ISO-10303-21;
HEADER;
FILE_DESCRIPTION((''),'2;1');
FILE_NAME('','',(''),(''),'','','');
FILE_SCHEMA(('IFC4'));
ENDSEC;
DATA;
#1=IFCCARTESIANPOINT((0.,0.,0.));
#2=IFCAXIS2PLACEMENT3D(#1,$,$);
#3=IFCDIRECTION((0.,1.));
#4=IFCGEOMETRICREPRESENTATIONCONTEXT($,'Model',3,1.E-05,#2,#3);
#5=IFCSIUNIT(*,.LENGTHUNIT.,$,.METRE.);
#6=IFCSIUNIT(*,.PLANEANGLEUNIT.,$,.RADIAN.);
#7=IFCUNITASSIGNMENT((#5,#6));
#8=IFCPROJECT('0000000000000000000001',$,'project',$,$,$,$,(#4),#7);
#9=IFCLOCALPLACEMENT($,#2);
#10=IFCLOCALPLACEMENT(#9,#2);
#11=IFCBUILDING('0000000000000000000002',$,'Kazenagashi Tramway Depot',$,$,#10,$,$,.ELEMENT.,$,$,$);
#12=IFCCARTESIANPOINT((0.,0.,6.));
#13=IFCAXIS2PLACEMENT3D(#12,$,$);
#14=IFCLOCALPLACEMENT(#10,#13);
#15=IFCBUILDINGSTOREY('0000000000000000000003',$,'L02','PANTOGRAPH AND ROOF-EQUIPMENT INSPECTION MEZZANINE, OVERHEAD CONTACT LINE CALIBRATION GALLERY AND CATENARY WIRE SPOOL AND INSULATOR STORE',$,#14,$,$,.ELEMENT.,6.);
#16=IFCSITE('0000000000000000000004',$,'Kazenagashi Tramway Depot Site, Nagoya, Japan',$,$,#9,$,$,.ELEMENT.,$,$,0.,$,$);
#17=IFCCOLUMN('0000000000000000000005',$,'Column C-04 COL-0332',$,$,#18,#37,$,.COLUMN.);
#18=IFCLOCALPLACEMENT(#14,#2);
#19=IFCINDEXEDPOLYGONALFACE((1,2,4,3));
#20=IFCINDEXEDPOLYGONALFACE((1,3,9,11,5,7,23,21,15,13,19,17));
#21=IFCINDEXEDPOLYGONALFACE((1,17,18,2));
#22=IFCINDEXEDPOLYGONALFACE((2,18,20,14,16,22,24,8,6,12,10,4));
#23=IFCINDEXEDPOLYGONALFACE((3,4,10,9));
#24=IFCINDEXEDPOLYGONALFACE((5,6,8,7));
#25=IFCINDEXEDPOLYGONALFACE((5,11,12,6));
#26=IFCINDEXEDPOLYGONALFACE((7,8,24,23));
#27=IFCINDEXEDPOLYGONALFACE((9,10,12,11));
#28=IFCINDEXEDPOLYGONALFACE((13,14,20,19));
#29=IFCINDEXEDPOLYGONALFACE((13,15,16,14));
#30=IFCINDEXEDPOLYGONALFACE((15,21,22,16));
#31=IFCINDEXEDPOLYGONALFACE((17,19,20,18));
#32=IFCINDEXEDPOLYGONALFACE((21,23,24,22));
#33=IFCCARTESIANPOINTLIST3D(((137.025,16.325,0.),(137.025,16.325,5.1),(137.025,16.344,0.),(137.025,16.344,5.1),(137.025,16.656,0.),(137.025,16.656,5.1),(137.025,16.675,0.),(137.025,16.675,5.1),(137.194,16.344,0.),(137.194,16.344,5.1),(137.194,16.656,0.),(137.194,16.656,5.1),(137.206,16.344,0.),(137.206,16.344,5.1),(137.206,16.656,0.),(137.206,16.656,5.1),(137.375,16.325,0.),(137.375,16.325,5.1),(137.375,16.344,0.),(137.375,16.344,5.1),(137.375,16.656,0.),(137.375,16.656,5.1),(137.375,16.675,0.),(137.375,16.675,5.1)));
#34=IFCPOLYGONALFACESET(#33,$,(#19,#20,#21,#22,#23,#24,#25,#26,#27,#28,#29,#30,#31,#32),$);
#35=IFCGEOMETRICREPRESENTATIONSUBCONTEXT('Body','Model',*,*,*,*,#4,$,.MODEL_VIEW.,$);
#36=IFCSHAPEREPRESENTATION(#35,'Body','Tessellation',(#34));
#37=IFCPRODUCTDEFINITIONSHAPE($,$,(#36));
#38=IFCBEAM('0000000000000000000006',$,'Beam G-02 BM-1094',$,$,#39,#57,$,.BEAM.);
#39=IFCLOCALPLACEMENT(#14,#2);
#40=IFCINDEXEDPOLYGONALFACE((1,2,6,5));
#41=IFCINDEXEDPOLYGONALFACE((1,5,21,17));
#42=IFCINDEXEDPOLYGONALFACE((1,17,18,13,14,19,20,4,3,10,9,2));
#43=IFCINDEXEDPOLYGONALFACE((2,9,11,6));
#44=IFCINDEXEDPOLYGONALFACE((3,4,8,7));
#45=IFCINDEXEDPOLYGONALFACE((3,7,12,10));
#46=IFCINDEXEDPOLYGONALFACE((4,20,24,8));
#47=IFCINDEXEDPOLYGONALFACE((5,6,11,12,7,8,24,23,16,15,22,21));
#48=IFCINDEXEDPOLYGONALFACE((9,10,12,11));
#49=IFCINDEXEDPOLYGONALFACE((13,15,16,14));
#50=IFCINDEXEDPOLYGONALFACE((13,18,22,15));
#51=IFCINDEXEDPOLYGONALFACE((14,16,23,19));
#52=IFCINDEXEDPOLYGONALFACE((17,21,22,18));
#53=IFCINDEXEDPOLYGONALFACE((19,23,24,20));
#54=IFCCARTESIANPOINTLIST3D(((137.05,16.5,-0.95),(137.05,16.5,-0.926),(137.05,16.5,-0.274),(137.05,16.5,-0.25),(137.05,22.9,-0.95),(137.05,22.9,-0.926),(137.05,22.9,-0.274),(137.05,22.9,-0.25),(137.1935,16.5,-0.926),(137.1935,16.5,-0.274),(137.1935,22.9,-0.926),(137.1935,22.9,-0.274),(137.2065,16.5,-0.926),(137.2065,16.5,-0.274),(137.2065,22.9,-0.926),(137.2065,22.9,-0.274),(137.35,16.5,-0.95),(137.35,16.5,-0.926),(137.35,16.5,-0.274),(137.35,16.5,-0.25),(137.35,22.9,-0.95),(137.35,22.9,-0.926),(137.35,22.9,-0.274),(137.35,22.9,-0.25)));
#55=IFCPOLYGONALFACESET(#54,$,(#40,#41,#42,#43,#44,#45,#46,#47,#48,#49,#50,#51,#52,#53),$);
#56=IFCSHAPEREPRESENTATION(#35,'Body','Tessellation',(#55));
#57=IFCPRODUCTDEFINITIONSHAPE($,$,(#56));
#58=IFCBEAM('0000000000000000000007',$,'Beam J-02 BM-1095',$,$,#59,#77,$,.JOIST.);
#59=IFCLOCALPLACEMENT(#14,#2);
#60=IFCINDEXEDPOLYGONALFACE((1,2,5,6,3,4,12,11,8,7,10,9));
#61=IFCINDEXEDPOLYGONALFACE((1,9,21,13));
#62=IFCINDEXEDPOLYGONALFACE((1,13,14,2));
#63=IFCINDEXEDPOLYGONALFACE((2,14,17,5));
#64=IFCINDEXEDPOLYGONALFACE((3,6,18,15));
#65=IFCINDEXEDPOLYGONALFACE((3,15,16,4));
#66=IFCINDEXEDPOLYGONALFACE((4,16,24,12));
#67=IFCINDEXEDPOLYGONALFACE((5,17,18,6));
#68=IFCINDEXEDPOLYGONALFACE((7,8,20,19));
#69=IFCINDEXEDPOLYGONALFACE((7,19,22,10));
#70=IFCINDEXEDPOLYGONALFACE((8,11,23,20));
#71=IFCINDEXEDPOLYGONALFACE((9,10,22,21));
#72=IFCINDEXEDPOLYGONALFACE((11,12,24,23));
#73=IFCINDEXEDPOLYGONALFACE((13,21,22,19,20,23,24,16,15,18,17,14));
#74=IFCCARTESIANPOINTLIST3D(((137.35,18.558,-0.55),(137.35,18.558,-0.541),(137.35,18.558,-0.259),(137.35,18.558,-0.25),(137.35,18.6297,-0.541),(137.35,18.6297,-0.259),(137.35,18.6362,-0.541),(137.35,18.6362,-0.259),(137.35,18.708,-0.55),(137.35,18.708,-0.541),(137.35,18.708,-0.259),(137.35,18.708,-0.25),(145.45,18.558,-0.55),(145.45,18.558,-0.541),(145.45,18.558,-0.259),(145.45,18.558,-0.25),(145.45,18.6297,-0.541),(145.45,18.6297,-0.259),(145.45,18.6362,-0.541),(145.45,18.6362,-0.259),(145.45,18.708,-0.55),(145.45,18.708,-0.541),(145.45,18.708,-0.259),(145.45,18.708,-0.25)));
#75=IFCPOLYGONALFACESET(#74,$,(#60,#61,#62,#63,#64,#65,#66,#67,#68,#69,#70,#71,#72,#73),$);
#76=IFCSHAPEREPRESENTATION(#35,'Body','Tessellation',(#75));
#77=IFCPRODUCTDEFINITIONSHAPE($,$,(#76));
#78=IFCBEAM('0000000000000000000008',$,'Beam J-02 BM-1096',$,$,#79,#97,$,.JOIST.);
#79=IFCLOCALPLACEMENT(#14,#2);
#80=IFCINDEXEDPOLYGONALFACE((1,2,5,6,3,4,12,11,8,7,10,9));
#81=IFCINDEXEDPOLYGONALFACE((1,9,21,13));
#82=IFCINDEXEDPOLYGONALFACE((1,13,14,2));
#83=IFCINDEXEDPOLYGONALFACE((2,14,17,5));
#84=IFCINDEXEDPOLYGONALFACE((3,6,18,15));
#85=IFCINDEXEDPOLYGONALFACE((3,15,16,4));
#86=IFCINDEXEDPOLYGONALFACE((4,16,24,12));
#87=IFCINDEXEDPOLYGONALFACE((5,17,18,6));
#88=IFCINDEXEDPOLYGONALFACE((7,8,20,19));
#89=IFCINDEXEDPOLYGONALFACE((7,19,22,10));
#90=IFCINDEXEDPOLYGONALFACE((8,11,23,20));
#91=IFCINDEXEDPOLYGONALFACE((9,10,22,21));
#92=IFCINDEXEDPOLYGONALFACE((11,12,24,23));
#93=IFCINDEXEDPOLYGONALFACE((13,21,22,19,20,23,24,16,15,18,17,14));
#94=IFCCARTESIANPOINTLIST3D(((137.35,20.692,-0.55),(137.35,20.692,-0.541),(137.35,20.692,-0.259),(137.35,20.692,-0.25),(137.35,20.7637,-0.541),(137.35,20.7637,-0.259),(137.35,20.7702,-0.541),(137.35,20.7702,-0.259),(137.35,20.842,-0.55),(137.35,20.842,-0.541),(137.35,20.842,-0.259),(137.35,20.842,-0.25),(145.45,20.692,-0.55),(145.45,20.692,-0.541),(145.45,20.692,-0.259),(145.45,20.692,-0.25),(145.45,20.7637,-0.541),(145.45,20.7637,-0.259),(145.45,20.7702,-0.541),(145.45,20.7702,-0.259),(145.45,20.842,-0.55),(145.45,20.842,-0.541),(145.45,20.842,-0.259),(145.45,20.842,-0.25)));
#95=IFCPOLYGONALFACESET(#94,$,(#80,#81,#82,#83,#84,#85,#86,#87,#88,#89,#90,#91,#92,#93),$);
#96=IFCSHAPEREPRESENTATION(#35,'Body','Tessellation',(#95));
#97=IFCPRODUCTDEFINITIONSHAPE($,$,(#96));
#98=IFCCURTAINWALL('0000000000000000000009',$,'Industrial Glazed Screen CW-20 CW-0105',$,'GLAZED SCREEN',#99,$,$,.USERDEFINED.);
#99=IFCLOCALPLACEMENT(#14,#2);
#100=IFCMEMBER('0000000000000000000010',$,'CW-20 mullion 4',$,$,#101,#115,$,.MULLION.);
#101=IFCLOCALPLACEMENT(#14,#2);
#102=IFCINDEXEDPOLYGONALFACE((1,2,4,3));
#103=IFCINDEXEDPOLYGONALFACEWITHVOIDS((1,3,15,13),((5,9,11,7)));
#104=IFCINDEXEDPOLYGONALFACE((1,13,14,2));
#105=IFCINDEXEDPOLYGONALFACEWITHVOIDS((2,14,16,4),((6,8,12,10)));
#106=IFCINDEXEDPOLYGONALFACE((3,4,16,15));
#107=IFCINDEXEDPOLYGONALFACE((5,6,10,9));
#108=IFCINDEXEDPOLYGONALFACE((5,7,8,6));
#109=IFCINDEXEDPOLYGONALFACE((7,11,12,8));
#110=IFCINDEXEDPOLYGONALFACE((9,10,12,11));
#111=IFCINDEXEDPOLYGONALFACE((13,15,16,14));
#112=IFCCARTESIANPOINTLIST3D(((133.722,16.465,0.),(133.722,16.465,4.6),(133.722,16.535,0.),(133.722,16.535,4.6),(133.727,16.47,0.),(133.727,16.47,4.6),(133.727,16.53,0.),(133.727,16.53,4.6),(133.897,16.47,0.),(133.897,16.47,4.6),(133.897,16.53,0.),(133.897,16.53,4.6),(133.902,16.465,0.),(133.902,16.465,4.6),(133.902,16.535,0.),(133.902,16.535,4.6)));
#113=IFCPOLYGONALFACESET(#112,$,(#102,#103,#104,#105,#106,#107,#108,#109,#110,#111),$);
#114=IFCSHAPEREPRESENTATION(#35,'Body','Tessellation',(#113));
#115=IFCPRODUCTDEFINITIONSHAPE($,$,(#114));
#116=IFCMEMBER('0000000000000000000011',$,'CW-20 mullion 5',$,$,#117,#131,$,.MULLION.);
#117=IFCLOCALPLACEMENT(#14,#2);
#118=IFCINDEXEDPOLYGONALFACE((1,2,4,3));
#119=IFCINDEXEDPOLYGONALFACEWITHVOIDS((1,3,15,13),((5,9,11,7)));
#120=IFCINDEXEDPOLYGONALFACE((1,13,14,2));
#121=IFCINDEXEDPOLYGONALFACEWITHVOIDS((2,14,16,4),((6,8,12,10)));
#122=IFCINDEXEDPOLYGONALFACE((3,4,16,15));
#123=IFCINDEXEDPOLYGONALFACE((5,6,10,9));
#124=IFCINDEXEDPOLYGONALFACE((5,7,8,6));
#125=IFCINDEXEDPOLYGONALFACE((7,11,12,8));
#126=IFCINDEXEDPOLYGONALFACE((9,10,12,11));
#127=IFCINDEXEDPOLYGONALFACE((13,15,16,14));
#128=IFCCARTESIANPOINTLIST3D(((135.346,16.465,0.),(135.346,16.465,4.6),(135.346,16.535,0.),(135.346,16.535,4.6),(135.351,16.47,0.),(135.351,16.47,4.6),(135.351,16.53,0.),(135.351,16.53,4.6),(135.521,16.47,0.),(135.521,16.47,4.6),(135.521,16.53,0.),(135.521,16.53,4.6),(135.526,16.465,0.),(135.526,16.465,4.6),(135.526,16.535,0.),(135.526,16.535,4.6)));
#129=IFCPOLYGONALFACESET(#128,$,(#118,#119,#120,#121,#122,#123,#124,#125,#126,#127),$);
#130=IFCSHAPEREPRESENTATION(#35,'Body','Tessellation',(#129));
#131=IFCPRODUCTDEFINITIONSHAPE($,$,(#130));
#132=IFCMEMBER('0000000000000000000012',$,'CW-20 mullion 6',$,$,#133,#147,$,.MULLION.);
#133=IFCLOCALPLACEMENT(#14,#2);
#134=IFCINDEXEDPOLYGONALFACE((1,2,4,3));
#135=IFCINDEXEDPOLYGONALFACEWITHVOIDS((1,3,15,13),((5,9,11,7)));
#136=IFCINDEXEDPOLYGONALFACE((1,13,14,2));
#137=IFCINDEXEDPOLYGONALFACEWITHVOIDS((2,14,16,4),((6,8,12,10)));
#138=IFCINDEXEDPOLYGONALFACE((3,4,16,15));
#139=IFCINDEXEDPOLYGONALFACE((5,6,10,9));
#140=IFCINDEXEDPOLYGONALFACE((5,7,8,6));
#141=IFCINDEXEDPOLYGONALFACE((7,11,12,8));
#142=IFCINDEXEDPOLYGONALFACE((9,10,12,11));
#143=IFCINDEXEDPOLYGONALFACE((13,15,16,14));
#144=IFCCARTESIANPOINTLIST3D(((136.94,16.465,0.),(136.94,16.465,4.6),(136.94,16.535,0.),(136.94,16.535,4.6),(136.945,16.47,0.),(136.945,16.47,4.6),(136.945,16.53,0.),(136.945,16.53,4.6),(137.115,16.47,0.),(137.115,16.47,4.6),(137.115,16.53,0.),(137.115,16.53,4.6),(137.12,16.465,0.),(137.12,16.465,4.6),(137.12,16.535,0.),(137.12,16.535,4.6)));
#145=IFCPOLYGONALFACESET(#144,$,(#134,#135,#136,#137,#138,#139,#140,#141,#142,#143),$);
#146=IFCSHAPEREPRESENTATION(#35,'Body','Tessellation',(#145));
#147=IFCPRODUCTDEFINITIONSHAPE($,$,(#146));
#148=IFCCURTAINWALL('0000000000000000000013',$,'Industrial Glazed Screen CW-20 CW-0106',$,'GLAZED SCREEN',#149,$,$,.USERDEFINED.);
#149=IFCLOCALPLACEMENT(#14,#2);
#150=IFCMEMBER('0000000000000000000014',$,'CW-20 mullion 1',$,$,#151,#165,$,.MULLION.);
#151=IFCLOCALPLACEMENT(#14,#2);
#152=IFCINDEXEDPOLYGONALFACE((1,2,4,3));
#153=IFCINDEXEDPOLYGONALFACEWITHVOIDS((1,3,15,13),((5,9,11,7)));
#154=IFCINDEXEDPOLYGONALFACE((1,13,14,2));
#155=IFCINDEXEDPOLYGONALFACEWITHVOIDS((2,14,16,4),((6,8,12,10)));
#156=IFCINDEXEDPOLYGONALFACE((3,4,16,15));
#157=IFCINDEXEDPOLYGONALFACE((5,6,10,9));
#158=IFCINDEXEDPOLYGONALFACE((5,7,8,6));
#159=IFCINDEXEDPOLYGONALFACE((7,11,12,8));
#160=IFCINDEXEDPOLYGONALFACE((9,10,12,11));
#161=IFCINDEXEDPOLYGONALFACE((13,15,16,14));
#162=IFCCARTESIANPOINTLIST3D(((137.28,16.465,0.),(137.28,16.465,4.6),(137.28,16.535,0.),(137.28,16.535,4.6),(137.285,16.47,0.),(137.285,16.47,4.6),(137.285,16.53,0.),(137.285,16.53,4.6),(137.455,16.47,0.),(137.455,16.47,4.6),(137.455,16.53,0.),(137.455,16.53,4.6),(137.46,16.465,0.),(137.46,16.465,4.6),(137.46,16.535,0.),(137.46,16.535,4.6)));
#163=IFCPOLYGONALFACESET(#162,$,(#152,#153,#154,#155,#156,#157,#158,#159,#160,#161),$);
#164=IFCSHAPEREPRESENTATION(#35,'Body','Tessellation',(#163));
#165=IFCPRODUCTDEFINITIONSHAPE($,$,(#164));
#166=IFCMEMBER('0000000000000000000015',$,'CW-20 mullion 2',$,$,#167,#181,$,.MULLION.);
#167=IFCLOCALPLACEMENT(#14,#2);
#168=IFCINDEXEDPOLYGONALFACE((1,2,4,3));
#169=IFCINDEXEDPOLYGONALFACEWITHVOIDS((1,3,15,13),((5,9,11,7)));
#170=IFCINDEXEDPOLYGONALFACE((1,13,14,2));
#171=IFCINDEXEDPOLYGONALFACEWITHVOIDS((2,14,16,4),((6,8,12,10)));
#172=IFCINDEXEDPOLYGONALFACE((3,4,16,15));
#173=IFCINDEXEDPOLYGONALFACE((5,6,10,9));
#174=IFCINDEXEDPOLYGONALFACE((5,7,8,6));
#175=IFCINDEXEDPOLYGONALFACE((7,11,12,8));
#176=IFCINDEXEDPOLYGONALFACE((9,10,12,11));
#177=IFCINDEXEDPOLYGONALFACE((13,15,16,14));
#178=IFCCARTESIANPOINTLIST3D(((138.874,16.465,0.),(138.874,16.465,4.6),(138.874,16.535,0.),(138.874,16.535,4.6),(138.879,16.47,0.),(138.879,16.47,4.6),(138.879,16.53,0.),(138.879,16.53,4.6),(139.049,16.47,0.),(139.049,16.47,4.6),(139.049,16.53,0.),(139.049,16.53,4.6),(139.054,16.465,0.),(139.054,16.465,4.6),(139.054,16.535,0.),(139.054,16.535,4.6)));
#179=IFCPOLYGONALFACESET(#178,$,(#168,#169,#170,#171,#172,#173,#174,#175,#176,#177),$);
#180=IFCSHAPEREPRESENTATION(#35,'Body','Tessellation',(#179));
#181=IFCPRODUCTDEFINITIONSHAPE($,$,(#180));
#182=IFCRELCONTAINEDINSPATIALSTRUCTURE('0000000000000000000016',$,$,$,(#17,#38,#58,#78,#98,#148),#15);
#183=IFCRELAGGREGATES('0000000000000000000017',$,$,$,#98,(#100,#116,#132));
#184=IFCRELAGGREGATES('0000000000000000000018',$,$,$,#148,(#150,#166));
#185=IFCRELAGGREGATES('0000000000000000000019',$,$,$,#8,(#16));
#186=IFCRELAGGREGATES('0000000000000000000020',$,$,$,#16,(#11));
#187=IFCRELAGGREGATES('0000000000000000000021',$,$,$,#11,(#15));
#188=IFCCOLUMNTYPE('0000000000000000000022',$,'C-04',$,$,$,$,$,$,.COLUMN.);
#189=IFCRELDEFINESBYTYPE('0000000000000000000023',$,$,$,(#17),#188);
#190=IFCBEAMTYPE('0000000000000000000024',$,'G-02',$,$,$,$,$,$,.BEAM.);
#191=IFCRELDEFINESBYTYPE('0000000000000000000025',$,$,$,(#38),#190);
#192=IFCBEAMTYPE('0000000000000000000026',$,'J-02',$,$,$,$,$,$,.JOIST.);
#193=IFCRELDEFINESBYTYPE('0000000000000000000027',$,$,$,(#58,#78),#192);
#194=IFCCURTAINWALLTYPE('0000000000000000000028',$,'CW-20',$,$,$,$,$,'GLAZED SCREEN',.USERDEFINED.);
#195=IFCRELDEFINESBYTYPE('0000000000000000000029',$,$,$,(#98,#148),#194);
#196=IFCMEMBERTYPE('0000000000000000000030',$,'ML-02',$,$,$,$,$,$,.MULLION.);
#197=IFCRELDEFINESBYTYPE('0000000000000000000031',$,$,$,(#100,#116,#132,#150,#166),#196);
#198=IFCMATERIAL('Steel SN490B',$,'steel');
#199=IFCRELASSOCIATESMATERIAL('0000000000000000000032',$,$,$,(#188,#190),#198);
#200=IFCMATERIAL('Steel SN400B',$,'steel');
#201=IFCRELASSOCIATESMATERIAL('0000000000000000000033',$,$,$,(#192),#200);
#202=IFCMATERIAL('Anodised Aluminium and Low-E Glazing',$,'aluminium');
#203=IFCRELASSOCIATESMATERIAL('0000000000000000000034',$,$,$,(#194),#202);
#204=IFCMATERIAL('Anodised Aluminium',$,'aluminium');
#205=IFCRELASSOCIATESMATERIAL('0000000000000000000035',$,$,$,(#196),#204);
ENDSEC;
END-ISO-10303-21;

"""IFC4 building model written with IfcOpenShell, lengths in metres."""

from ifc_helpers import new_model, si_unit, direction, frame, origin, origin_2d, place, context, subcontext, project, spatial, hollow_rectangle, i_section, extrude, material, material_profile, profile_set, type_object, element, aggregate, save


model = new_model("IFC4")

# Units and contexts
model_context = context("Model", 3, precision=1e-05, world=origin(), true_north=direction((0.0, 1.0)))
body_context = subcontext(model_context, "Body", "Model", "MODEL_VIEW")
ifc_project = project(units=[si_unit("LENGTHUNIT", "METRE"), si_unit("PLANEANGLEUNIT", "RADIAN")], contexts=[model_context])

# Site, building, storey
site_placement = place(None, origin())
site = spatial("IfcSite", under=ifc_project, at=site_placement, Name="Kazenagashi Tramway Depot Site, Nagoya, Japan", CompositionType="ELEMENT", RefElevation=0.0)
building_placement = place(site_placement, origin())
building = spatial("IfcBuilding", under=site, at=building_placement, Name="Kazenagashi Tramway Depot", CompositionType="ELEMENT")
storey_placement = place(building_placement, frame((0.0, 0.0, 6.0)))
storey = spatial("IfcBuildingStorey", under=building, at=storey_placement, Name="L02", Description="PANTOGRAPH AND ROOF-EQUIPMENT INSPECTION MEZZANINE, OVERHEAD CONTACT LINE CALIBRATION GALLERY AND CATENARY WIRE SPOOL AND INSULATOR STORE", CompositionType="ELEMENT", Elevation=6.0)

# Column
ifc_material_1 = material(Name="Steel SN490B", Category="steel")
ifc_material_profile_1 = material_profile(ifc_material_1, i_section(OverallWidth=0.35, OverallDepth=0.35, WebThickness=0.012, FlangeThickness=0.019, at=origin_2d()), Name="H-350x350x12x19")
ifc_profile_set_1 = profile_set([ifc_material_profile_1], Name="Steel SN490B")
column_type = type_object("IfcColumnType", Name="C-04", PredefinedType="COLUMN", material=ifc_profile_set_1)
column_placement = place(storey_placement, frame((137.2, 16.5, 0.0), z_axis=(0.0, 0.0, 1.0), x_axis=(1.0, 0.0, 0.0)))
element("IfcColumn", 1, at=column_placement, inside=storey, type_object=column_type, Name="Column C-04 COL-0332", PredefinedType="COLUMN", context=body_context, shape_type="SweptSolid", body=[
    extrude(i_section(OverallWidth=0.35, OverallDepth=0.35, WebThickness=0.012, FlangeThickness=0.019, at=origin_2d()), origin(), (0.0, 0.0, 1.0), 5.1),
])

# Beams
ifc_material_profile_2 = material_profile(ifc_material_1, i_section(OverallWidth=0.3, OverallDepth=0.7, WebThickness=0.013, FlangeThickness=0.024, at=origin_2d()), Name="H-700x300x13x24")
ifc_profile_set_2 = profile_set([ifc_material_profile_2], Name="Steel SN490B")
beam_type_1 = type_object("IfcBeamType", Name="G-02", PredefinedType="BEAM", material=ifc_profile_set_2)
beam_1_placement = place(storey_placement, frame((137.2, 16.5, -0.6), z_axis=(0.0, 1.0, 0.0), x_axis=(-1.0, 0.0, 0.0)))
element("IfcBeam", 2, at=beam_1_placement, inside=storey, type_object=beam_type_1, Name="Beam G-02 BM-1094", PredefinedType="BEAM", context=body_context, shape_type="SweptSolid", body=[
    extrude(i_section(OverallWidth=0.3, OverallDepth=0.7, WebThickness=0.013, FlangeThickness=0.024, at=origin_2d()), origin(), (0.0, 0.0, 1.0), 6.4),
])
ifc_material_2 = material(Name="Steel SN400B", Category="steel")
ifc_material_profile_3 = material_profile(ifc_material_2, i_section(OverallWidth=0.15, OverallDepth=0.3, WebThickness=0.0065, FlangeThickness=0.009, at=origin_2d()), Name="H-300x150x6.5x9")
ifc_profile_set_3 = profile_set([ifc_material_profile_3], Name="Steel SN400B")
beam_type_2 = type_object("IfcBeamType", Name="J-02", PredefinedType="JOIST", material=ifc_profile_set_3)
for number, where, z_axis, x_axis, name in (
    (3, (137.35, 18.633, -0.4), (1.0, 0.0, 0.0), (0.0, 1.0, 0.0), "Beam J-02 BM-1095"),
    (4, (137.35, 20.767, -0.4), (1.0, 0.0, 0.0), (0.0, 1.0, 0.0), "Beam J-02 BM-1096"),
):
    element("IfcBeam", number, at=place(storey_placement, frame(where, z_axis=z_axis, x_axis=x_axis)), inside=storey, type_object=beam_type_2, Name=name, PredefinedType="JOIST", context=body_context, shape_type="SweptSolid", body=[
        extrude(i_section(OverallWidth=0.15, OverallDepth=0.3, WebThickness=0.0065, FlangeThickness=0.009, at=origin_2d()), origin(), (0.0, 0.0, 1.0), 8.1),
    ])

# Curtain walls, members
ifc_material_3 = material(Name="Anodised Aluminium and Low-E Glazing", Category="aluminium")
curtain_wall_type = type_object("IfcCurtainWallType", Name="CW-20", ElementType="GLAZED SCREEN", PredefinedType="USERDEFINED", material=ifc_material_3)
curtain_wall_1_placement = place(storey_placement, origin())
curtain_wall_1 = element("IfcCurtainWall", 5, at=curtain_wall_1_placement, inside=storey, type_object=curtain_wall_type, Name="Industrial Glazed Screen CW-20 CW-0105", ObjectType="GLAZED SCREEN", PredefinedType="USERDEFINED")
ifc_material_4 = material(Name="Anodised Aluminium", Category="aluminium")
ifc_material_profile_4 = material_profile(ifc_material_4, hollow_rectangle(XDim=0.07, YDim=0.18, WallThickness=0.005, at=origin_2d()), Name="RHS-180x70x5")
ifc_profile_set_4 = profile_set([ifc_material_profile_4], Name="Anodised Aluminium")
member_type_1 = type_object("IfcMemberType", Name="ML-02", PredefinedType="MULLION", material=ifc_profile_set_4)
member_1_placement = place(storey_placement, frame((133.812, 16.5, 0.0), z_axis=(0.0, 0.0, 1.0), x_axis=(0.0, 1.0, 0.0)))
member_1 = element("IfcMember", 6, at=member_1_placement, type_object=member_type_1, Name="CW-20 mullion 4", PredefinedType="MULLION", context=body_context, shape_type="SweptSolid", body=[
    extrude(hollow_rectangle(XDim=0.07, YDim=0.18, WallThickness=0.005, at=origin_2d()), origin(), (0.0, 0.0, 1.0), 4.6),
])
member_2_placement = place(storey_placement, frame((135.436, 16.5, 0.0), z_axis=(0.0, 0.0, 1.0), x_axis=(0.0, 1.0, 0.0)))
member_2 = element("IfcMember", 7, at=member_2_placement, type_object=member_type_1, Name="CW-20 mullion 5", PredefinedType="MULLION", context=body_context, shape_type="SweptSolid", body=[
    extrude(hollow_rectangle(XDim=0.07, YDim=0.18, WallThickness=0.005, at=origin_2d()), origin(), (0.0, 0.0, 1.0), 4.6),
])
member_3_placement = place(storey_placement, frame((137.03, 16.5, 0.0), z_axis=(0.0, 0.0, 1.0), x_axis=(0.0, 1.0, 0.0)))
member_3 = element("IfcMember", 8, at=member_3_placement, type_object=member_type_1, Name="CW-20 mullion 6", PredefinedType="MULLION", context=body_context, shape_type="SweptSolid", body=[
    extrude(hollow_rectangle(XDim=0.07, YDim=0.18, WallThickness=0.005, at=origin_2d()), origin(), (0.0, 0.0, 1.0), 4.6),
])
curtain_wall_2_placement = place(storey_placement, origin())
curtain_wall_2 = element("IfcCurtainWall", 9, at=curtain_wall_2_placement, inside=storey, type_object=curtain_wall_type, Name="Industrial Glazed Screen CW-20 CW-0106", ObjectType="GLAZED SCREEN", PredefinedType="USERDEFINED")
member_4_placement = place(storey_placement, frame((137.37, 16.5, 0.0), z_axis=(0.0, 0.0, 1.0), x_axis=(0.0, 1.0, 0.0)))
member_4 = element("IfcMember", 10, at=member_4_placement, type_object=member_type_1, Name="CW-20 mullion 1", PredefinedType="MULLION", context=body_context, shape_type="SweptSolid", body=[
    extrude(hollow_rectangle(XDim=0.07, YDim=0.18, WallThickness=0.005, at=origin_2d()), origin(), (0.0, 0.0, 1.0), 4.6),
])
member_5_placement = place(storey_placement, frame((138.964, 16.5, 0.0), z_axis=(0.0, 0.0, 1.0), x_axis=(0.0, 1.0, 0.0)))
member_5 = element("IfcMember", 11, at=member_5_placement, type_object=member_type_1, Name="CW-20 mullion 2", PredefinedType="MULLION", context=body_context, shape_type="SweptSolid", body=[
    extrude(hollow_rectangle(XDim=0.07, YDim=0.18, WallThickness=0.005, at=origin_2d()), origin(), (0.0, 0.0, 1.0), 4.6),
])

aggregate(curtain_wall_1, [member_1, member_2, member_3])
aggregate(curtain_wall_2, [member_4, member_5])

save(model, "model.ifc")
